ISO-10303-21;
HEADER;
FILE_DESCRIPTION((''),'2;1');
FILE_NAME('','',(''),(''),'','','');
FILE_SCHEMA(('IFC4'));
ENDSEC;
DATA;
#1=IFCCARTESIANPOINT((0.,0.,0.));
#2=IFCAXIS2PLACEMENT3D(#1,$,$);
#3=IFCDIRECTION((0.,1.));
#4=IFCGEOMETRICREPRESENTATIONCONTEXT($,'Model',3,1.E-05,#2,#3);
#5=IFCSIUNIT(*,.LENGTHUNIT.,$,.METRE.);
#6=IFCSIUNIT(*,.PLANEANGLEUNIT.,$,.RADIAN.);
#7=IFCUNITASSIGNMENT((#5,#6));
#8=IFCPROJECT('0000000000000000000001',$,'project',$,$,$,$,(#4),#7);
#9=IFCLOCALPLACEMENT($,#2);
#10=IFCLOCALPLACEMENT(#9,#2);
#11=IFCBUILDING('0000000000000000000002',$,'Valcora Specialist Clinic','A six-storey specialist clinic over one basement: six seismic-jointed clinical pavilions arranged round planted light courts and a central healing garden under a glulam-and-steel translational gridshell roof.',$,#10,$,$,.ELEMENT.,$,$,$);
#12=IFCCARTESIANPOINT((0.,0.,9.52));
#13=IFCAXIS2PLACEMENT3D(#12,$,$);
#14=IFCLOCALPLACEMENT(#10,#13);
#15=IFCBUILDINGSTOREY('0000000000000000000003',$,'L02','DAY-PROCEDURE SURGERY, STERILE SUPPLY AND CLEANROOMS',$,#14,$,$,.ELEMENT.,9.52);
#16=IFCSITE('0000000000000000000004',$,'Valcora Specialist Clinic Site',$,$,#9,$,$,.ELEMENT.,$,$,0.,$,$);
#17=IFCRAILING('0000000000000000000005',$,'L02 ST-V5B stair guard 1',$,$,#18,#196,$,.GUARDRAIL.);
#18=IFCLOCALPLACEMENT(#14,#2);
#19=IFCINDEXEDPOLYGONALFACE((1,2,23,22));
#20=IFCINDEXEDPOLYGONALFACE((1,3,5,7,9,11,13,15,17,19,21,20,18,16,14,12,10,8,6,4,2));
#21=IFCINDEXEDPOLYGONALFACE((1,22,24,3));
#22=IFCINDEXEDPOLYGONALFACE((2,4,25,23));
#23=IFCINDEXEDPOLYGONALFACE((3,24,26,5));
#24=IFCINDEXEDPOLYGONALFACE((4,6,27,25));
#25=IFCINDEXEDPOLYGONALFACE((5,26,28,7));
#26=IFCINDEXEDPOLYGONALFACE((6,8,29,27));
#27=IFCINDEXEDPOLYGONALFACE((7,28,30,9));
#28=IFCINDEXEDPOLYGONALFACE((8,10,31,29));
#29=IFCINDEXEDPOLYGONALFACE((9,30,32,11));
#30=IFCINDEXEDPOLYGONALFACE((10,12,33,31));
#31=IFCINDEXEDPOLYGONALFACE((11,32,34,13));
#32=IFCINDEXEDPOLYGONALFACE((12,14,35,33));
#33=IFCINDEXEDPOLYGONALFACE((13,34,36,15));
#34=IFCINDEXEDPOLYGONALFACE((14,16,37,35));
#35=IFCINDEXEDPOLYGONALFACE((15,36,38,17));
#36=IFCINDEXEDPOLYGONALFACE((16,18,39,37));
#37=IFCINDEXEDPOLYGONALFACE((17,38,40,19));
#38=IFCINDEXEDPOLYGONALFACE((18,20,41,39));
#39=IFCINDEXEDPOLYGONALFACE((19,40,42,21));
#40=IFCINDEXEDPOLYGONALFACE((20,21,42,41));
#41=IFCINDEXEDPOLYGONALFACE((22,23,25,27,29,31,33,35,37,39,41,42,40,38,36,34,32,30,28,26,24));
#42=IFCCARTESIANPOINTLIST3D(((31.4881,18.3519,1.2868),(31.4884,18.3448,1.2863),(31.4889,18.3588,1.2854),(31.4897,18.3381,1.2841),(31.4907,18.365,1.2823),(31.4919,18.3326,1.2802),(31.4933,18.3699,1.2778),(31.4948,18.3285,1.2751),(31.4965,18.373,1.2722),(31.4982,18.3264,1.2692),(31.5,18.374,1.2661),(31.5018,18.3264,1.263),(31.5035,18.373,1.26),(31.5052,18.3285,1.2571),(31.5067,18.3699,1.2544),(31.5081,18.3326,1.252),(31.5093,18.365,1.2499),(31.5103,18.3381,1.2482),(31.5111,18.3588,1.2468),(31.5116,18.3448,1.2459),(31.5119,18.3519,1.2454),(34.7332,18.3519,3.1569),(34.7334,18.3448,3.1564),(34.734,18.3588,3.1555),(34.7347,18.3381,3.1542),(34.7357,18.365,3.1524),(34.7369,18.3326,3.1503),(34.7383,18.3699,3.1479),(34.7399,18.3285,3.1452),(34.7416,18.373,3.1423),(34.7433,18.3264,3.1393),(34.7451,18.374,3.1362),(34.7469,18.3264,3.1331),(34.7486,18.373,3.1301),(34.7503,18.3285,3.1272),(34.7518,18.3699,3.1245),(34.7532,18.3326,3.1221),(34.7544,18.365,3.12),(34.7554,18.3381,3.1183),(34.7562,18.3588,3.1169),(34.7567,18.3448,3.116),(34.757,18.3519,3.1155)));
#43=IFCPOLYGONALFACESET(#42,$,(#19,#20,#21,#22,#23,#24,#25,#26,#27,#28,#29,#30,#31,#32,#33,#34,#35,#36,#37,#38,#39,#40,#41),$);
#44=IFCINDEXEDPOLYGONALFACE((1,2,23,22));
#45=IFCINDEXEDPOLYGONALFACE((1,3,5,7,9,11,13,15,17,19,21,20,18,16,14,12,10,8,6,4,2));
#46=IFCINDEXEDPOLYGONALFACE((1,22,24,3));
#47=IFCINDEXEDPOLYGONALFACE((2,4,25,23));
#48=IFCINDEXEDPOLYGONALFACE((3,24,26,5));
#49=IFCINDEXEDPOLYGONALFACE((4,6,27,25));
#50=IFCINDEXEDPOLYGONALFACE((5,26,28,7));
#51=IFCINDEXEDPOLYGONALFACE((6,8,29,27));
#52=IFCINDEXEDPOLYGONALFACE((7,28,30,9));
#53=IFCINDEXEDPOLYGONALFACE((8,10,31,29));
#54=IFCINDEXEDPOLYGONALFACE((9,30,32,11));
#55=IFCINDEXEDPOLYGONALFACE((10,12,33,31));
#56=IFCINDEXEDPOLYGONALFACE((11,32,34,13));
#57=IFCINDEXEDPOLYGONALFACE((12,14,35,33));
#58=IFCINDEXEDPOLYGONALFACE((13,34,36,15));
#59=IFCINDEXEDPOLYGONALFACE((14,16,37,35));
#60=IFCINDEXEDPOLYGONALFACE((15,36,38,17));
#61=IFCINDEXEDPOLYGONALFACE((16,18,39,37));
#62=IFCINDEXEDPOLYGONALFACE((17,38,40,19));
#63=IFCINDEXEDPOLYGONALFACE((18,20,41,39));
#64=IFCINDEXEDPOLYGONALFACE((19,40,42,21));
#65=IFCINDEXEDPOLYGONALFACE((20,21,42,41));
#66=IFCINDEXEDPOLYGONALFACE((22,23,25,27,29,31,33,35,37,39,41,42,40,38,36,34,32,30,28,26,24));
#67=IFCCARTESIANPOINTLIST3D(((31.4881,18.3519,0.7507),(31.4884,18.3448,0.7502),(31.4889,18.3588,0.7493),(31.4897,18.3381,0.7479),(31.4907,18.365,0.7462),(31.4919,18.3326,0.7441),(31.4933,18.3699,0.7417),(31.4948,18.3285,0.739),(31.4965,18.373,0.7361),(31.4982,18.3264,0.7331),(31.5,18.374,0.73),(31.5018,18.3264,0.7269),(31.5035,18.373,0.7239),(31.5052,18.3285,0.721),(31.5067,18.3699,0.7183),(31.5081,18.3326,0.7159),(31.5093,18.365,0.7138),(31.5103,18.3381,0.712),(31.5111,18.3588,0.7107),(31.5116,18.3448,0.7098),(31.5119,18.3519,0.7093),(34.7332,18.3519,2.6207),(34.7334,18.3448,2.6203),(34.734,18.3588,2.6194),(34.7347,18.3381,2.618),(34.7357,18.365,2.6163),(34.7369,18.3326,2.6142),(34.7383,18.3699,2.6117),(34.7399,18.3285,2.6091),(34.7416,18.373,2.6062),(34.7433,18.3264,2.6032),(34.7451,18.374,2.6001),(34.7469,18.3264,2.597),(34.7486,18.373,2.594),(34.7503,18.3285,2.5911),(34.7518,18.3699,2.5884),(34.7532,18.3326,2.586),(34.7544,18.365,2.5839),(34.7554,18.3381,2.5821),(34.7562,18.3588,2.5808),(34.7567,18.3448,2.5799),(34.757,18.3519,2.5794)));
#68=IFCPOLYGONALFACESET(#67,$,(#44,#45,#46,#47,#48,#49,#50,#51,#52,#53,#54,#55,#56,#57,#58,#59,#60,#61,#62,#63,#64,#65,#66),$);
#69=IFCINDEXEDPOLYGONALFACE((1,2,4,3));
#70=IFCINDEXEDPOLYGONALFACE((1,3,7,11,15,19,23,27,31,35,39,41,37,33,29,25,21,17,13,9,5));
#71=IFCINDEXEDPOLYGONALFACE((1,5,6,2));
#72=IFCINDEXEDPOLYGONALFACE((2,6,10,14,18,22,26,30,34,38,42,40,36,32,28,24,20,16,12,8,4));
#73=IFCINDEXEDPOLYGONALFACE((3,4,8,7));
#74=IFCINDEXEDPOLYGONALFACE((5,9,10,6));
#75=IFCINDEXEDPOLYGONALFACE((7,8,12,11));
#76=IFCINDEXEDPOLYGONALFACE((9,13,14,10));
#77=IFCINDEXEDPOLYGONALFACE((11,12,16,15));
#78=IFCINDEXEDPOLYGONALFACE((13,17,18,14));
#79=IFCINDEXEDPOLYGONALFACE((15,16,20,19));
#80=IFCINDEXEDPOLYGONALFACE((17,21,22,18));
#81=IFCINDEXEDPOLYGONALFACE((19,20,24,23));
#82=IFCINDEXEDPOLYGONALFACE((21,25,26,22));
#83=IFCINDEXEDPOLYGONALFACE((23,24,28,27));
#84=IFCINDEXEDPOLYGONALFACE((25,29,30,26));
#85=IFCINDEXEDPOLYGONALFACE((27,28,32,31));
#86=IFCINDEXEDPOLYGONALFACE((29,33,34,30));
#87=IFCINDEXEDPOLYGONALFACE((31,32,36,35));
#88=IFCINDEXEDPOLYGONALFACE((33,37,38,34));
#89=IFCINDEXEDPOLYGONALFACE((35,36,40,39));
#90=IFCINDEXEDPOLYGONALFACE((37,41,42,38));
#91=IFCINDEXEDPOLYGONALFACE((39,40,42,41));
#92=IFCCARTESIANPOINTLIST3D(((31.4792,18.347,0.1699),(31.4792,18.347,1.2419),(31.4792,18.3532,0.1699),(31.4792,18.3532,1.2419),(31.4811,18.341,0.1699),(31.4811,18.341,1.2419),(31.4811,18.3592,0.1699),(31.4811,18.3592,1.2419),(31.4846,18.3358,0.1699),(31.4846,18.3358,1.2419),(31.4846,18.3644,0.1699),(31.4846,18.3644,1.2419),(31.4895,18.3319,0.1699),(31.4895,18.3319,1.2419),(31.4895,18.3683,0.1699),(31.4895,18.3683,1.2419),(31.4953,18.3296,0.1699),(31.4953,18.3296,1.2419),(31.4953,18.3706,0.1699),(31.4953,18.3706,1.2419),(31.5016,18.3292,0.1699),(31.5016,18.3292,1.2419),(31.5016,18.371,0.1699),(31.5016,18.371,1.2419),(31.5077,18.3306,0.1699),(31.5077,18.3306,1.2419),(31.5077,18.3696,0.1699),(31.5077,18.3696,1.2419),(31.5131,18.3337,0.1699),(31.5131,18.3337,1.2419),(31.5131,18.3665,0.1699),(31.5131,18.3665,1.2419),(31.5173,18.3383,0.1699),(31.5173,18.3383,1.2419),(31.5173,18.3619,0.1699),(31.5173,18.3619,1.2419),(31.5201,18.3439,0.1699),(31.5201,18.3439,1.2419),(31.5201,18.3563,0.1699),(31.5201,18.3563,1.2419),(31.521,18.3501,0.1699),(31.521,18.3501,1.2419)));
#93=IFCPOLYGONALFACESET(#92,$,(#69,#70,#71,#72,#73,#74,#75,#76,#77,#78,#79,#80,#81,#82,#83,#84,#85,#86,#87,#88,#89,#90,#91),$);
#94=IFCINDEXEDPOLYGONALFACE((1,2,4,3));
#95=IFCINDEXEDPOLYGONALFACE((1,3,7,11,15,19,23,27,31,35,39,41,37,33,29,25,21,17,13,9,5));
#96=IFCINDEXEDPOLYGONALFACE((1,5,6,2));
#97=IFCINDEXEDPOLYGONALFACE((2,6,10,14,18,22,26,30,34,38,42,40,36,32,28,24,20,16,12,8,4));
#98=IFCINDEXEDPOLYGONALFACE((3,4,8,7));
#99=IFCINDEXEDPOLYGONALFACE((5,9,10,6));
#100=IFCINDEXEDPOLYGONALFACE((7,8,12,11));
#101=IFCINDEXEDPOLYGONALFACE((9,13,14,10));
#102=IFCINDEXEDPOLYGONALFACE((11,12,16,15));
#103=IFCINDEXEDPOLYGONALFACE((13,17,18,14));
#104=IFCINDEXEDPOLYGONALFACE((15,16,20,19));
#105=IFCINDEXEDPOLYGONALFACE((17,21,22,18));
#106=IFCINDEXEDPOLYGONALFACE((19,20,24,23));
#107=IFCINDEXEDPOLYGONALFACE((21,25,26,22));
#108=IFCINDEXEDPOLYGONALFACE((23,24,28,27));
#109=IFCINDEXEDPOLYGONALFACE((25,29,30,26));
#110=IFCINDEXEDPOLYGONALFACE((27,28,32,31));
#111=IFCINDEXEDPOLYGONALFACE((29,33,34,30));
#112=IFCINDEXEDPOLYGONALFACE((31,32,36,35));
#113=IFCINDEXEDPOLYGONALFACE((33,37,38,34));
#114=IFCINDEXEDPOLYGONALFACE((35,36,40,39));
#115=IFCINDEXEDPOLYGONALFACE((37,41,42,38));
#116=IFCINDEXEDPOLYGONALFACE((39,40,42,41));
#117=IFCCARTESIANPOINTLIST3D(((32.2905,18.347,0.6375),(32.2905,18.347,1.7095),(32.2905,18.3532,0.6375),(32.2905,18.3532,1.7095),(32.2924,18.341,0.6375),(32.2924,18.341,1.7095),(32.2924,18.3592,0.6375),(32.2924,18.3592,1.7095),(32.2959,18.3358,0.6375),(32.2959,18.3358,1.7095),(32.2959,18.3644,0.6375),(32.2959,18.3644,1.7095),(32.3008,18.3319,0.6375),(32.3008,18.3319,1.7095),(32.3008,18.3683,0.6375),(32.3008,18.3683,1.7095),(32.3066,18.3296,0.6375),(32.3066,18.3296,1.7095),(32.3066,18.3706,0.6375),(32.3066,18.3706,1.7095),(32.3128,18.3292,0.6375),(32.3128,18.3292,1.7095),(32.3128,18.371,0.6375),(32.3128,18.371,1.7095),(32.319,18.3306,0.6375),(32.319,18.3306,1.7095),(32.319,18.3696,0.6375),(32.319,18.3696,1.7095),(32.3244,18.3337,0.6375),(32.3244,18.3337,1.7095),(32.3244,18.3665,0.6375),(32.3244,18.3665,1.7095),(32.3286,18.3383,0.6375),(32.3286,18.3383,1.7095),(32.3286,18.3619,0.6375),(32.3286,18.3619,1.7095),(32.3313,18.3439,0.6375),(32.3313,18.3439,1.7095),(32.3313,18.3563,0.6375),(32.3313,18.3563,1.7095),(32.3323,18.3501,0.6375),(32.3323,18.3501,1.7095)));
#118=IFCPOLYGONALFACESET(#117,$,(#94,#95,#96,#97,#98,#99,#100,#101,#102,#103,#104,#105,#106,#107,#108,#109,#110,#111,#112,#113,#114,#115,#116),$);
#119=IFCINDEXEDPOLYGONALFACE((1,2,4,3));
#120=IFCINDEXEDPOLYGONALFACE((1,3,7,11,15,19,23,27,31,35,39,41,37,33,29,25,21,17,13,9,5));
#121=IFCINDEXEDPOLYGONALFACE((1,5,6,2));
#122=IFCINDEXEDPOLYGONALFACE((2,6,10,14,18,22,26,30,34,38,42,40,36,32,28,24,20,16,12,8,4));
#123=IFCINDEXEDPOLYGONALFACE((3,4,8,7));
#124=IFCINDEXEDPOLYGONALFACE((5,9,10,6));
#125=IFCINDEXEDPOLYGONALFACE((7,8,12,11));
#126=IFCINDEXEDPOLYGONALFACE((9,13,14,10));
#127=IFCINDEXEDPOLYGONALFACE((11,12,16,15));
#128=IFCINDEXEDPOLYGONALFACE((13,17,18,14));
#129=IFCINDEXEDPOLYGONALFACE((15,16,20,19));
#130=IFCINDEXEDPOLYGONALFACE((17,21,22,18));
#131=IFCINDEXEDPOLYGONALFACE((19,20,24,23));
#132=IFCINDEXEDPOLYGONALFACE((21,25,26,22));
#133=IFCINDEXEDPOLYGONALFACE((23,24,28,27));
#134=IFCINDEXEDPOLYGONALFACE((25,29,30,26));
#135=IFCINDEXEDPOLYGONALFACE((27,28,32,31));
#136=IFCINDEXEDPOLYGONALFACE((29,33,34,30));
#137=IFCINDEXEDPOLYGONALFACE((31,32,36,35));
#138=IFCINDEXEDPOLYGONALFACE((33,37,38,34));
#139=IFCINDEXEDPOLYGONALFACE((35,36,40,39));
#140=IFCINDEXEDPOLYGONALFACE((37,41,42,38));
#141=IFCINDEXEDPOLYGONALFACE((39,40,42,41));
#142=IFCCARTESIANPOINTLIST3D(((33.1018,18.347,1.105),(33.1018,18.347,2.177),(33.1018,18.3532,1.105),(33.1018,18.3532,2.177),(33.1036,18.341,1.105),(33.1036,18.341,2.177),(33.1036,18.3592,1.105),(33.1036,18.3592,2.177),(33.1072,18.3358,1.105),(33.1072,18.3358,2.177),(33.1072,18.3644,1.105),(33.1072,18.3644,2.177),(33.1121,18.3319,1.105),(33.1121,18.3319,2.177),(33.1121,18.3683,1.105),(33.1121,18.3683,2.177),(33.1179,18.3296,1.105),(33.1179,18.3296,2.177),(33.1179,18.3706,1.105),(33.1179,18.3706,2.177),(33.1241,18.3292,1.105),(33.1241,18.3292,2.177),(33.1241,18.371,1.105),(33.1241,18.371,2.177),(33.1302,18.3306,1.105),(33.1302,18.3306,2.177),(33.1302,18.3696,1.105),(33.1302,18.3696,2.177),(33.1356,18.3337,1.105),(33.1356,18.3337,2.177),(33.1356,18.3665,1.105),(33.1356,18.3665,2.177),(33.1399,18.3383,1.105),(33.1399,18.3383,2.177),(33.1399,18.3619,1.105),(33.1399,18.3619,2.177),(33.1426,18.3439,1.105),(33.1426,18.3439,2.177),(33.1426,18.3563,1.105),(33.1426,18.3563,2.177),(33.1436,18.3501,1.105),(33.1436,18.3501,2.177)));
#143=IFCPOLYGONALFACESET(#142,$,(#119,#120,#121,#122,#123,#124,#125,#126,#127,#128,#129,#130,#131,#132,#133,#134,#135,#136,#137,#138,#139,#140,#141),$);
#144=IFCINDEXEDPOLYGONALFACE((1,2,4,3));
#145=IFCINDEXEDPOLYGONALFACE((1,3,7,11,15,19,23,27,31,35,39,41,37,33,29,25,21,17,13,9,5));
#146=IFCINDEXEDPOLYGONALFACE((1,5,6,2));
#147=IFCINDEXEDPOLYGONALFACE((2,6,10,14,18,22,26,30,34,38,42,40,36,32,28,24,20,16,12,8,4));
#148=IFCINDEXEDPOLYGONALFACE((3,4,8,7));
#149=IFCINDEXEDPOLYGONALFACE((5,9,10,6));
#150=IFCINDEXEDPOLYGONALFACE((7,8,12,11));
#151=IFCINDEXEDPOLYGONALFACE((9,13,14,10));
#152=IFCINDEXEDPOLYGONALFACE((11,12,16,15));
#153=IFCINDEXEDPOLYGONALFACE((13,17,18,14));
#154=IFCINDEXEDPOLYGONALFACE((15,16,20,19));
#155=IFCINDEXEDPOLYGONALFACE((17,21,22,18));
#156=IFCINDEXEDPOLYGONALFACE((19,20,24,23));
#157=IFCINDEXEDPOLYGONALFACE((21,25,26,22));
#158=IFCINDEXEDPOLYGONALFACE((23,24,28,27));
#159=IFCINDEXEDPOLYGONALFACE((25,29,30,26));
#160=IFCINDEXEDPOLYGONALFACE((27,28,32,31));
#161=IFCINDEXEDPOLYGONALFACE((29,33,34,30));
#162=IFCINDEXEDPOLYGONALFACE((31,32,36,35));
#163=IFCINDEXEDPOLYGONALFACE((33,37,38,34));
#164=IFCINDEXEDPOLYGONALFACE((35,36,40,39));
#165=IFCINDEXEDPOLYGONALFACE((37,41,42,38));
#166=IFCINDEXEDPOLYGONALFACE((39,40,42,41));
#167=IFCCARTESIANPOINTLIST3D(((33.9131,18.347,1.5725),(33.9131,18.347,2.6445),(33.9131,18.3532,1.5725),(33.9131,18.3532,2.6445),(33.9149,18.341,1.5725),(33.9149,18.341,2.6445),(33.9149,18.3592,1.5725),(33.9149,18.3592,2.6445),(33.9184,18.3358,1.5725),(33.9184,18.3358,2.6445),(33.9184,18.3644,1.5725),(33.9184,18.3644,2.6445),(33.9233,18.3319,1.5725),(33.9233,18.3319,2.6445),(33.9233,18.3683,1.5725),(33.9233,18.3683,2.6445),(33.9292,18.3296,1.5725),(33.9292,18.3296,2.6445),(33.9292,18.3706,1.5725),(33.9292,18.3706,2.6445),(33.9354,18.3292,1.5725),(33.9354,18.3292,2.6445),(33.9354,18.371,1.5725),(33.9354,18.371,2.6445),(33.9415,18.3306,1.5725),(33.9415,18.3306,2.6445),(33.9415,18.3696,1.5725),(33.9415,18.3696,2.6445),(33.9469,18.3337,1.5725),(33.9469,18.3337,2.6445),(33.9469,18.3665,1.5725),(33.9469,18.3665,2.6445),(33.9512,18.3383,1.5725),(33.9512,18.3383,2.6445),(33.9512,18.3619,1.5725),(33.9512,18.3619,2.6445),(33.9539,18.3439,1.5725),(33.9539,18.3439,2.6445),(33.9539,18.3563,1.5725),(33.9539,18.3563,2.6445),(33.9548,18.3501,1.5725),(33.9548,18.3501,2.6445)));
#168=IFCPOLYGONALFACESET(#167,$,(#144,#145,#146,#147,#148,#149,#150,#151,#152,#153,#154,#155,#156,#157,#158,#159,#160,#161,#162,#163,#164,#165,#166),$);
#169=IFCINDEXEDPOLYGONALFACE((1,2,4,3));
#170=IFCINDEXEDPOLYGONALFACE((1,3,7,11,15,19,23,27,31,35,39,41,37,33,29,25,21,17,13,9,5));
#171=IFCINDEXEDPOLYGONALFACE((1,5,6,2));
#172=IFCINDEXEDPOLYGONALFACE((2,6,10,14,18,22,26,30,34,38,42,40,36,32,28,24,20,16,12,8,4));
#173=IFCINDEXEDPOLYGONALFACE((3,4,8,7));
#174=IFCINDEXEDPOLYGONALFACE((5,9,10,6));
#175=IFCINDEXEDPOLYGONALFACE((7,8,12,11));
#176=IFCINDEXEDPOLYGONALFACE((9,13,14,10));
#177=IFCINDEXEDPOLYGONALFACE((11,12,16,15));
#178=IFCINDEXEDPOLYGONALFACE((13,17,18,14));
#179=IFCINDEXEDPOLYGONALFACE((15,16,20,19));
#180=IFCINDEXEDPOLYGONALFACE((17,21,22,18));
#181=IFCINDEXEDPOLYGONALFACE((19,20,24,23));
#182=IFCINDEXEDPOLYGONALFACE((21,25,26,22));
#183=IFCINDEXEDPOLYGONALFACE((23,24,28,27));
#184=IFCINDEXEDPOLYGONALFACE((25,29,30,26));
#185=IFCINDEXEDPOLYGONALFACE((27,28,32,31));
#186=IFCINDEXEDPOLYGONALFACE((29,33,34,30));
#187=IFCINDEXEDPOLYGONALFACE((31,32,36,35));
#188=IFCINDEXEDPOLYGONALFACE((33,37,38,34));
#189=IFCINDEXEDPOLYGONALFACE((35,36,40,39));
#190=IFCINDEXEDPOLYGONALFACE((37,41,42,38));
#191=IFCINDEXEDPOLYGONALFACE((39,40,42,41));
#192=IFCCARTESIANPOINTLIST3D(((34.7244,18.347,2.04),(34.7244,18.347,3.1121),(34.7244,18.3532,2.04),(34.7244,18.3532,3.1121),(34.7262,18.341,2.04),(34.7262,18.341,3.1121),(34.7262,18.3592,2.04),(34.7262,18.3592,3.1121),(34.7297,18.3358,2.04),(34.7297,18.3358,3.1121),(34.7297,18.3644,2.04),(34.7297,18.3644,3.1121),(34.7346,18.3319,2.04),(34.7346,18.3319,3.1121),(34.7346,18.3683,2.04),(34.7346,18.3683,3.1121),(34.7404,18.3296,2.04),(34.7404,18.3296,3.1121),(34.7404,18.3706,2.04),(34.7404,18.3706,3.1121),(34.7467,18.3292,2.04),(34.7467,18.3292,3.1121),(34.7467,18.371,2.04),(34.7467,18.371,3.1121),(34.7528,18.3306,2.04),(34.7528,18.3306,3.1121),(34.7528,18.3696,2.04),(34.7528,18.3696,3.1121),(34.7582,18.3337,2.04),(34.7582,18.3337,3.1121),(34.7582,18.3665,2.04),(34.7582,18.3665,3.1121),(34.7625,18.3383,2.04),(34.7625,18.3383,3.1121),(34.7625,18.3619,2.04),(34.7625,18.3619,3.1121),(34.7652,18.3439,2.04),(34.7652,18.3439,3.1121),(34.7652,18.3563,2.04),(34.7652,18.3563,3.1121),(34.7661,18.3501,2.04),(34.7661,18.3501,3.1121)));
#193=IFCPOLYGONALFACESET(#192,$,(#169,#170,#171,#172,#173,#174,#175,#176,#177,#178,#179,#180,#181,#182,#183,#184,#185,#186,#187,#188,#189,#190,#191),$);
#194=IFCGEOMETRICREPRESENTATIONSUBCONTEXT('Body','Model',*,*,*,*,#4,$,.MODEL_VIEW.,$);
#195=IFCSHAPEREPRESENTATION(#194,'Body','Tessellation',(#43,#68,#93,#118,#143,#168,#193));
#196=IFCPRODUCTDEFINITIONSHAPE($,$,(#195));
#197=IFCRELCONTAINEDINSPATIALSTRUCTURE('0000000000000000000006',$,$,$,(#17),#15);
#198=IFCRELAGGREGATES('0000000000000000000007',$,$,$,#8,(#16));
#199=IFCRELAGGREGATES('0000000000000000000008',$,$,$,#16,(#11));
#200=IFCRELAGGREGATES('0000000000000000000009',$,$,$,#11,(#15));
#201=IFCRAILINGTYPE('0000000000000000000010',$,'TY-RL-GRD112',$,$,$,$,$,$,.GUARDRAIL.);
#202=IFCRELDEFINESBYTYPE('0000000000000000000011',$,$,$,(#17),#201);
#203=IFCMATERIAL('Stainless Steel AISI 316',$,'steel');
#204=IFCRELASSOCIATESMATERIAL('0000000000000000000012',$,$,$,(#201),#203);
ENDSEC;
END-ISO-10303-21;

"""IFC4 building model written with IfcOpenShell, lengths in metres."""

from ifc_helpers import new_model, si_unit, direction, frame, origin, origin_2d, place, context, subcontext, project, spatial, circle, extrude, material, type_object, element, save


model = new_model("IFC4")

# Units and contexts
model_context = context("Model", 3, precision=1e-05, world=origin(), true_north=direction((0.0, 1.0)))
body_context = subcontext(model_context, "Body", "Model", "MODEL_VIEW")
ifc_project = project(units=[si_unit("LENGTHUNIT", "METRE"), si_unit("PLANEANGLEUNIT", "RADIAN")], contexts=[model_context])

# Site, building, storey
site_placement = place(None, origin())
site = spatial("IfcSite", under=ifc_project, at=site_placement, Name="Valcora Specialist Clinic Site", CompositionType="ELEMENT", RefElevation=0.0)
building_placement = place(site_placement, origin())
building = spatial("IfcBuilding", under=site, at=building_placement, Name="Valcora Specialist Clinic", Description="A six-storey specialist clinic over one basement: six seismic-jointed clinical pavilions arranged round planted light courts and a central healing garden under a glulam-and-steel translational gridshell roof.", CompositionType="ELEMENT")
storey_placement = place(building_placement, frame((0.0, 0.0, 9.52)))
storey = spatial("IfcBuildingStorey", under=building, at=storey_placement, Name="L02", Description="DAY-PROCEDURE SURGERY, STERILE SUPPLY AND CLEANROOMS", CompositionType="ELEMENT", Elevation=9.52)

# Shared definitions
ifc_material_1 = material(Name="Stainless Steel AISI 316", Category="steel")

# Railing
railing_type_1 = type_object("IfcRailingType", Name="TY-RL-GRD112", PredefinedType="GUARDRAIL", material=ifc_material_1)
railing_1_placement = place(storey_placement, frame((31.5, 18.3501, 0.1699)))
element("IfcRailing", 1, at=railing_1_placement, inside=storey, type_object=railing_type_1, Name="L02 ST-V5B stair guard 1", PredefinedType="GUARDRAIL", context=body_context, shape_type="SweptSolid", body=[
    extrude(circle(Radius=0.0239, at=origin_2d()), frame((0.0, 0.0, 1.0962), z_axis=(0.866424, 0.0, 0.499309), x_axis=(0.0, 1.0, 0.0)), (0.0, 0.0, 1.0), 3.7454),
    extrude(circle(Radius=0.0239, at=origin_2d()), frame((0.0, 0.0, 0.5601), z_axis=(0.866424, 0.0, 0.499309), x_axis=(0.0, 1.0, 0.0)), (0.0, 0.0, 1.0), 3.7454),
    extrude(circle(Radius=0.021, at=origin_2d()), origin(), (0.0, 0.0, 1.0), 1.072),
    extrude(circle(Radius=0.021, at=origin_2d()), frame((0.8113, 0.0, 0.4675)), (0.0, 0.0, 1.0), 1.072),
    extrude(circle(Radius=0.021, at=origin_2d()), frame((1.6226, 0.0, 0.9351)), (0.0, 0.0, 1.0), 1.072),
    extrude(circle(Radius=0.021, at=origin_2d()), frame((2.4338, 0.0, 1.4026)), (0.0, 0.0, 1.0), 1.072),
    extrude(circle(Radius=0.021, at=origin_2d()), frame((3.2451, 0.0, 1.8701)), (0.0, 0.0, 1.0), 1.072),
])

save(model, "model.ifc")
